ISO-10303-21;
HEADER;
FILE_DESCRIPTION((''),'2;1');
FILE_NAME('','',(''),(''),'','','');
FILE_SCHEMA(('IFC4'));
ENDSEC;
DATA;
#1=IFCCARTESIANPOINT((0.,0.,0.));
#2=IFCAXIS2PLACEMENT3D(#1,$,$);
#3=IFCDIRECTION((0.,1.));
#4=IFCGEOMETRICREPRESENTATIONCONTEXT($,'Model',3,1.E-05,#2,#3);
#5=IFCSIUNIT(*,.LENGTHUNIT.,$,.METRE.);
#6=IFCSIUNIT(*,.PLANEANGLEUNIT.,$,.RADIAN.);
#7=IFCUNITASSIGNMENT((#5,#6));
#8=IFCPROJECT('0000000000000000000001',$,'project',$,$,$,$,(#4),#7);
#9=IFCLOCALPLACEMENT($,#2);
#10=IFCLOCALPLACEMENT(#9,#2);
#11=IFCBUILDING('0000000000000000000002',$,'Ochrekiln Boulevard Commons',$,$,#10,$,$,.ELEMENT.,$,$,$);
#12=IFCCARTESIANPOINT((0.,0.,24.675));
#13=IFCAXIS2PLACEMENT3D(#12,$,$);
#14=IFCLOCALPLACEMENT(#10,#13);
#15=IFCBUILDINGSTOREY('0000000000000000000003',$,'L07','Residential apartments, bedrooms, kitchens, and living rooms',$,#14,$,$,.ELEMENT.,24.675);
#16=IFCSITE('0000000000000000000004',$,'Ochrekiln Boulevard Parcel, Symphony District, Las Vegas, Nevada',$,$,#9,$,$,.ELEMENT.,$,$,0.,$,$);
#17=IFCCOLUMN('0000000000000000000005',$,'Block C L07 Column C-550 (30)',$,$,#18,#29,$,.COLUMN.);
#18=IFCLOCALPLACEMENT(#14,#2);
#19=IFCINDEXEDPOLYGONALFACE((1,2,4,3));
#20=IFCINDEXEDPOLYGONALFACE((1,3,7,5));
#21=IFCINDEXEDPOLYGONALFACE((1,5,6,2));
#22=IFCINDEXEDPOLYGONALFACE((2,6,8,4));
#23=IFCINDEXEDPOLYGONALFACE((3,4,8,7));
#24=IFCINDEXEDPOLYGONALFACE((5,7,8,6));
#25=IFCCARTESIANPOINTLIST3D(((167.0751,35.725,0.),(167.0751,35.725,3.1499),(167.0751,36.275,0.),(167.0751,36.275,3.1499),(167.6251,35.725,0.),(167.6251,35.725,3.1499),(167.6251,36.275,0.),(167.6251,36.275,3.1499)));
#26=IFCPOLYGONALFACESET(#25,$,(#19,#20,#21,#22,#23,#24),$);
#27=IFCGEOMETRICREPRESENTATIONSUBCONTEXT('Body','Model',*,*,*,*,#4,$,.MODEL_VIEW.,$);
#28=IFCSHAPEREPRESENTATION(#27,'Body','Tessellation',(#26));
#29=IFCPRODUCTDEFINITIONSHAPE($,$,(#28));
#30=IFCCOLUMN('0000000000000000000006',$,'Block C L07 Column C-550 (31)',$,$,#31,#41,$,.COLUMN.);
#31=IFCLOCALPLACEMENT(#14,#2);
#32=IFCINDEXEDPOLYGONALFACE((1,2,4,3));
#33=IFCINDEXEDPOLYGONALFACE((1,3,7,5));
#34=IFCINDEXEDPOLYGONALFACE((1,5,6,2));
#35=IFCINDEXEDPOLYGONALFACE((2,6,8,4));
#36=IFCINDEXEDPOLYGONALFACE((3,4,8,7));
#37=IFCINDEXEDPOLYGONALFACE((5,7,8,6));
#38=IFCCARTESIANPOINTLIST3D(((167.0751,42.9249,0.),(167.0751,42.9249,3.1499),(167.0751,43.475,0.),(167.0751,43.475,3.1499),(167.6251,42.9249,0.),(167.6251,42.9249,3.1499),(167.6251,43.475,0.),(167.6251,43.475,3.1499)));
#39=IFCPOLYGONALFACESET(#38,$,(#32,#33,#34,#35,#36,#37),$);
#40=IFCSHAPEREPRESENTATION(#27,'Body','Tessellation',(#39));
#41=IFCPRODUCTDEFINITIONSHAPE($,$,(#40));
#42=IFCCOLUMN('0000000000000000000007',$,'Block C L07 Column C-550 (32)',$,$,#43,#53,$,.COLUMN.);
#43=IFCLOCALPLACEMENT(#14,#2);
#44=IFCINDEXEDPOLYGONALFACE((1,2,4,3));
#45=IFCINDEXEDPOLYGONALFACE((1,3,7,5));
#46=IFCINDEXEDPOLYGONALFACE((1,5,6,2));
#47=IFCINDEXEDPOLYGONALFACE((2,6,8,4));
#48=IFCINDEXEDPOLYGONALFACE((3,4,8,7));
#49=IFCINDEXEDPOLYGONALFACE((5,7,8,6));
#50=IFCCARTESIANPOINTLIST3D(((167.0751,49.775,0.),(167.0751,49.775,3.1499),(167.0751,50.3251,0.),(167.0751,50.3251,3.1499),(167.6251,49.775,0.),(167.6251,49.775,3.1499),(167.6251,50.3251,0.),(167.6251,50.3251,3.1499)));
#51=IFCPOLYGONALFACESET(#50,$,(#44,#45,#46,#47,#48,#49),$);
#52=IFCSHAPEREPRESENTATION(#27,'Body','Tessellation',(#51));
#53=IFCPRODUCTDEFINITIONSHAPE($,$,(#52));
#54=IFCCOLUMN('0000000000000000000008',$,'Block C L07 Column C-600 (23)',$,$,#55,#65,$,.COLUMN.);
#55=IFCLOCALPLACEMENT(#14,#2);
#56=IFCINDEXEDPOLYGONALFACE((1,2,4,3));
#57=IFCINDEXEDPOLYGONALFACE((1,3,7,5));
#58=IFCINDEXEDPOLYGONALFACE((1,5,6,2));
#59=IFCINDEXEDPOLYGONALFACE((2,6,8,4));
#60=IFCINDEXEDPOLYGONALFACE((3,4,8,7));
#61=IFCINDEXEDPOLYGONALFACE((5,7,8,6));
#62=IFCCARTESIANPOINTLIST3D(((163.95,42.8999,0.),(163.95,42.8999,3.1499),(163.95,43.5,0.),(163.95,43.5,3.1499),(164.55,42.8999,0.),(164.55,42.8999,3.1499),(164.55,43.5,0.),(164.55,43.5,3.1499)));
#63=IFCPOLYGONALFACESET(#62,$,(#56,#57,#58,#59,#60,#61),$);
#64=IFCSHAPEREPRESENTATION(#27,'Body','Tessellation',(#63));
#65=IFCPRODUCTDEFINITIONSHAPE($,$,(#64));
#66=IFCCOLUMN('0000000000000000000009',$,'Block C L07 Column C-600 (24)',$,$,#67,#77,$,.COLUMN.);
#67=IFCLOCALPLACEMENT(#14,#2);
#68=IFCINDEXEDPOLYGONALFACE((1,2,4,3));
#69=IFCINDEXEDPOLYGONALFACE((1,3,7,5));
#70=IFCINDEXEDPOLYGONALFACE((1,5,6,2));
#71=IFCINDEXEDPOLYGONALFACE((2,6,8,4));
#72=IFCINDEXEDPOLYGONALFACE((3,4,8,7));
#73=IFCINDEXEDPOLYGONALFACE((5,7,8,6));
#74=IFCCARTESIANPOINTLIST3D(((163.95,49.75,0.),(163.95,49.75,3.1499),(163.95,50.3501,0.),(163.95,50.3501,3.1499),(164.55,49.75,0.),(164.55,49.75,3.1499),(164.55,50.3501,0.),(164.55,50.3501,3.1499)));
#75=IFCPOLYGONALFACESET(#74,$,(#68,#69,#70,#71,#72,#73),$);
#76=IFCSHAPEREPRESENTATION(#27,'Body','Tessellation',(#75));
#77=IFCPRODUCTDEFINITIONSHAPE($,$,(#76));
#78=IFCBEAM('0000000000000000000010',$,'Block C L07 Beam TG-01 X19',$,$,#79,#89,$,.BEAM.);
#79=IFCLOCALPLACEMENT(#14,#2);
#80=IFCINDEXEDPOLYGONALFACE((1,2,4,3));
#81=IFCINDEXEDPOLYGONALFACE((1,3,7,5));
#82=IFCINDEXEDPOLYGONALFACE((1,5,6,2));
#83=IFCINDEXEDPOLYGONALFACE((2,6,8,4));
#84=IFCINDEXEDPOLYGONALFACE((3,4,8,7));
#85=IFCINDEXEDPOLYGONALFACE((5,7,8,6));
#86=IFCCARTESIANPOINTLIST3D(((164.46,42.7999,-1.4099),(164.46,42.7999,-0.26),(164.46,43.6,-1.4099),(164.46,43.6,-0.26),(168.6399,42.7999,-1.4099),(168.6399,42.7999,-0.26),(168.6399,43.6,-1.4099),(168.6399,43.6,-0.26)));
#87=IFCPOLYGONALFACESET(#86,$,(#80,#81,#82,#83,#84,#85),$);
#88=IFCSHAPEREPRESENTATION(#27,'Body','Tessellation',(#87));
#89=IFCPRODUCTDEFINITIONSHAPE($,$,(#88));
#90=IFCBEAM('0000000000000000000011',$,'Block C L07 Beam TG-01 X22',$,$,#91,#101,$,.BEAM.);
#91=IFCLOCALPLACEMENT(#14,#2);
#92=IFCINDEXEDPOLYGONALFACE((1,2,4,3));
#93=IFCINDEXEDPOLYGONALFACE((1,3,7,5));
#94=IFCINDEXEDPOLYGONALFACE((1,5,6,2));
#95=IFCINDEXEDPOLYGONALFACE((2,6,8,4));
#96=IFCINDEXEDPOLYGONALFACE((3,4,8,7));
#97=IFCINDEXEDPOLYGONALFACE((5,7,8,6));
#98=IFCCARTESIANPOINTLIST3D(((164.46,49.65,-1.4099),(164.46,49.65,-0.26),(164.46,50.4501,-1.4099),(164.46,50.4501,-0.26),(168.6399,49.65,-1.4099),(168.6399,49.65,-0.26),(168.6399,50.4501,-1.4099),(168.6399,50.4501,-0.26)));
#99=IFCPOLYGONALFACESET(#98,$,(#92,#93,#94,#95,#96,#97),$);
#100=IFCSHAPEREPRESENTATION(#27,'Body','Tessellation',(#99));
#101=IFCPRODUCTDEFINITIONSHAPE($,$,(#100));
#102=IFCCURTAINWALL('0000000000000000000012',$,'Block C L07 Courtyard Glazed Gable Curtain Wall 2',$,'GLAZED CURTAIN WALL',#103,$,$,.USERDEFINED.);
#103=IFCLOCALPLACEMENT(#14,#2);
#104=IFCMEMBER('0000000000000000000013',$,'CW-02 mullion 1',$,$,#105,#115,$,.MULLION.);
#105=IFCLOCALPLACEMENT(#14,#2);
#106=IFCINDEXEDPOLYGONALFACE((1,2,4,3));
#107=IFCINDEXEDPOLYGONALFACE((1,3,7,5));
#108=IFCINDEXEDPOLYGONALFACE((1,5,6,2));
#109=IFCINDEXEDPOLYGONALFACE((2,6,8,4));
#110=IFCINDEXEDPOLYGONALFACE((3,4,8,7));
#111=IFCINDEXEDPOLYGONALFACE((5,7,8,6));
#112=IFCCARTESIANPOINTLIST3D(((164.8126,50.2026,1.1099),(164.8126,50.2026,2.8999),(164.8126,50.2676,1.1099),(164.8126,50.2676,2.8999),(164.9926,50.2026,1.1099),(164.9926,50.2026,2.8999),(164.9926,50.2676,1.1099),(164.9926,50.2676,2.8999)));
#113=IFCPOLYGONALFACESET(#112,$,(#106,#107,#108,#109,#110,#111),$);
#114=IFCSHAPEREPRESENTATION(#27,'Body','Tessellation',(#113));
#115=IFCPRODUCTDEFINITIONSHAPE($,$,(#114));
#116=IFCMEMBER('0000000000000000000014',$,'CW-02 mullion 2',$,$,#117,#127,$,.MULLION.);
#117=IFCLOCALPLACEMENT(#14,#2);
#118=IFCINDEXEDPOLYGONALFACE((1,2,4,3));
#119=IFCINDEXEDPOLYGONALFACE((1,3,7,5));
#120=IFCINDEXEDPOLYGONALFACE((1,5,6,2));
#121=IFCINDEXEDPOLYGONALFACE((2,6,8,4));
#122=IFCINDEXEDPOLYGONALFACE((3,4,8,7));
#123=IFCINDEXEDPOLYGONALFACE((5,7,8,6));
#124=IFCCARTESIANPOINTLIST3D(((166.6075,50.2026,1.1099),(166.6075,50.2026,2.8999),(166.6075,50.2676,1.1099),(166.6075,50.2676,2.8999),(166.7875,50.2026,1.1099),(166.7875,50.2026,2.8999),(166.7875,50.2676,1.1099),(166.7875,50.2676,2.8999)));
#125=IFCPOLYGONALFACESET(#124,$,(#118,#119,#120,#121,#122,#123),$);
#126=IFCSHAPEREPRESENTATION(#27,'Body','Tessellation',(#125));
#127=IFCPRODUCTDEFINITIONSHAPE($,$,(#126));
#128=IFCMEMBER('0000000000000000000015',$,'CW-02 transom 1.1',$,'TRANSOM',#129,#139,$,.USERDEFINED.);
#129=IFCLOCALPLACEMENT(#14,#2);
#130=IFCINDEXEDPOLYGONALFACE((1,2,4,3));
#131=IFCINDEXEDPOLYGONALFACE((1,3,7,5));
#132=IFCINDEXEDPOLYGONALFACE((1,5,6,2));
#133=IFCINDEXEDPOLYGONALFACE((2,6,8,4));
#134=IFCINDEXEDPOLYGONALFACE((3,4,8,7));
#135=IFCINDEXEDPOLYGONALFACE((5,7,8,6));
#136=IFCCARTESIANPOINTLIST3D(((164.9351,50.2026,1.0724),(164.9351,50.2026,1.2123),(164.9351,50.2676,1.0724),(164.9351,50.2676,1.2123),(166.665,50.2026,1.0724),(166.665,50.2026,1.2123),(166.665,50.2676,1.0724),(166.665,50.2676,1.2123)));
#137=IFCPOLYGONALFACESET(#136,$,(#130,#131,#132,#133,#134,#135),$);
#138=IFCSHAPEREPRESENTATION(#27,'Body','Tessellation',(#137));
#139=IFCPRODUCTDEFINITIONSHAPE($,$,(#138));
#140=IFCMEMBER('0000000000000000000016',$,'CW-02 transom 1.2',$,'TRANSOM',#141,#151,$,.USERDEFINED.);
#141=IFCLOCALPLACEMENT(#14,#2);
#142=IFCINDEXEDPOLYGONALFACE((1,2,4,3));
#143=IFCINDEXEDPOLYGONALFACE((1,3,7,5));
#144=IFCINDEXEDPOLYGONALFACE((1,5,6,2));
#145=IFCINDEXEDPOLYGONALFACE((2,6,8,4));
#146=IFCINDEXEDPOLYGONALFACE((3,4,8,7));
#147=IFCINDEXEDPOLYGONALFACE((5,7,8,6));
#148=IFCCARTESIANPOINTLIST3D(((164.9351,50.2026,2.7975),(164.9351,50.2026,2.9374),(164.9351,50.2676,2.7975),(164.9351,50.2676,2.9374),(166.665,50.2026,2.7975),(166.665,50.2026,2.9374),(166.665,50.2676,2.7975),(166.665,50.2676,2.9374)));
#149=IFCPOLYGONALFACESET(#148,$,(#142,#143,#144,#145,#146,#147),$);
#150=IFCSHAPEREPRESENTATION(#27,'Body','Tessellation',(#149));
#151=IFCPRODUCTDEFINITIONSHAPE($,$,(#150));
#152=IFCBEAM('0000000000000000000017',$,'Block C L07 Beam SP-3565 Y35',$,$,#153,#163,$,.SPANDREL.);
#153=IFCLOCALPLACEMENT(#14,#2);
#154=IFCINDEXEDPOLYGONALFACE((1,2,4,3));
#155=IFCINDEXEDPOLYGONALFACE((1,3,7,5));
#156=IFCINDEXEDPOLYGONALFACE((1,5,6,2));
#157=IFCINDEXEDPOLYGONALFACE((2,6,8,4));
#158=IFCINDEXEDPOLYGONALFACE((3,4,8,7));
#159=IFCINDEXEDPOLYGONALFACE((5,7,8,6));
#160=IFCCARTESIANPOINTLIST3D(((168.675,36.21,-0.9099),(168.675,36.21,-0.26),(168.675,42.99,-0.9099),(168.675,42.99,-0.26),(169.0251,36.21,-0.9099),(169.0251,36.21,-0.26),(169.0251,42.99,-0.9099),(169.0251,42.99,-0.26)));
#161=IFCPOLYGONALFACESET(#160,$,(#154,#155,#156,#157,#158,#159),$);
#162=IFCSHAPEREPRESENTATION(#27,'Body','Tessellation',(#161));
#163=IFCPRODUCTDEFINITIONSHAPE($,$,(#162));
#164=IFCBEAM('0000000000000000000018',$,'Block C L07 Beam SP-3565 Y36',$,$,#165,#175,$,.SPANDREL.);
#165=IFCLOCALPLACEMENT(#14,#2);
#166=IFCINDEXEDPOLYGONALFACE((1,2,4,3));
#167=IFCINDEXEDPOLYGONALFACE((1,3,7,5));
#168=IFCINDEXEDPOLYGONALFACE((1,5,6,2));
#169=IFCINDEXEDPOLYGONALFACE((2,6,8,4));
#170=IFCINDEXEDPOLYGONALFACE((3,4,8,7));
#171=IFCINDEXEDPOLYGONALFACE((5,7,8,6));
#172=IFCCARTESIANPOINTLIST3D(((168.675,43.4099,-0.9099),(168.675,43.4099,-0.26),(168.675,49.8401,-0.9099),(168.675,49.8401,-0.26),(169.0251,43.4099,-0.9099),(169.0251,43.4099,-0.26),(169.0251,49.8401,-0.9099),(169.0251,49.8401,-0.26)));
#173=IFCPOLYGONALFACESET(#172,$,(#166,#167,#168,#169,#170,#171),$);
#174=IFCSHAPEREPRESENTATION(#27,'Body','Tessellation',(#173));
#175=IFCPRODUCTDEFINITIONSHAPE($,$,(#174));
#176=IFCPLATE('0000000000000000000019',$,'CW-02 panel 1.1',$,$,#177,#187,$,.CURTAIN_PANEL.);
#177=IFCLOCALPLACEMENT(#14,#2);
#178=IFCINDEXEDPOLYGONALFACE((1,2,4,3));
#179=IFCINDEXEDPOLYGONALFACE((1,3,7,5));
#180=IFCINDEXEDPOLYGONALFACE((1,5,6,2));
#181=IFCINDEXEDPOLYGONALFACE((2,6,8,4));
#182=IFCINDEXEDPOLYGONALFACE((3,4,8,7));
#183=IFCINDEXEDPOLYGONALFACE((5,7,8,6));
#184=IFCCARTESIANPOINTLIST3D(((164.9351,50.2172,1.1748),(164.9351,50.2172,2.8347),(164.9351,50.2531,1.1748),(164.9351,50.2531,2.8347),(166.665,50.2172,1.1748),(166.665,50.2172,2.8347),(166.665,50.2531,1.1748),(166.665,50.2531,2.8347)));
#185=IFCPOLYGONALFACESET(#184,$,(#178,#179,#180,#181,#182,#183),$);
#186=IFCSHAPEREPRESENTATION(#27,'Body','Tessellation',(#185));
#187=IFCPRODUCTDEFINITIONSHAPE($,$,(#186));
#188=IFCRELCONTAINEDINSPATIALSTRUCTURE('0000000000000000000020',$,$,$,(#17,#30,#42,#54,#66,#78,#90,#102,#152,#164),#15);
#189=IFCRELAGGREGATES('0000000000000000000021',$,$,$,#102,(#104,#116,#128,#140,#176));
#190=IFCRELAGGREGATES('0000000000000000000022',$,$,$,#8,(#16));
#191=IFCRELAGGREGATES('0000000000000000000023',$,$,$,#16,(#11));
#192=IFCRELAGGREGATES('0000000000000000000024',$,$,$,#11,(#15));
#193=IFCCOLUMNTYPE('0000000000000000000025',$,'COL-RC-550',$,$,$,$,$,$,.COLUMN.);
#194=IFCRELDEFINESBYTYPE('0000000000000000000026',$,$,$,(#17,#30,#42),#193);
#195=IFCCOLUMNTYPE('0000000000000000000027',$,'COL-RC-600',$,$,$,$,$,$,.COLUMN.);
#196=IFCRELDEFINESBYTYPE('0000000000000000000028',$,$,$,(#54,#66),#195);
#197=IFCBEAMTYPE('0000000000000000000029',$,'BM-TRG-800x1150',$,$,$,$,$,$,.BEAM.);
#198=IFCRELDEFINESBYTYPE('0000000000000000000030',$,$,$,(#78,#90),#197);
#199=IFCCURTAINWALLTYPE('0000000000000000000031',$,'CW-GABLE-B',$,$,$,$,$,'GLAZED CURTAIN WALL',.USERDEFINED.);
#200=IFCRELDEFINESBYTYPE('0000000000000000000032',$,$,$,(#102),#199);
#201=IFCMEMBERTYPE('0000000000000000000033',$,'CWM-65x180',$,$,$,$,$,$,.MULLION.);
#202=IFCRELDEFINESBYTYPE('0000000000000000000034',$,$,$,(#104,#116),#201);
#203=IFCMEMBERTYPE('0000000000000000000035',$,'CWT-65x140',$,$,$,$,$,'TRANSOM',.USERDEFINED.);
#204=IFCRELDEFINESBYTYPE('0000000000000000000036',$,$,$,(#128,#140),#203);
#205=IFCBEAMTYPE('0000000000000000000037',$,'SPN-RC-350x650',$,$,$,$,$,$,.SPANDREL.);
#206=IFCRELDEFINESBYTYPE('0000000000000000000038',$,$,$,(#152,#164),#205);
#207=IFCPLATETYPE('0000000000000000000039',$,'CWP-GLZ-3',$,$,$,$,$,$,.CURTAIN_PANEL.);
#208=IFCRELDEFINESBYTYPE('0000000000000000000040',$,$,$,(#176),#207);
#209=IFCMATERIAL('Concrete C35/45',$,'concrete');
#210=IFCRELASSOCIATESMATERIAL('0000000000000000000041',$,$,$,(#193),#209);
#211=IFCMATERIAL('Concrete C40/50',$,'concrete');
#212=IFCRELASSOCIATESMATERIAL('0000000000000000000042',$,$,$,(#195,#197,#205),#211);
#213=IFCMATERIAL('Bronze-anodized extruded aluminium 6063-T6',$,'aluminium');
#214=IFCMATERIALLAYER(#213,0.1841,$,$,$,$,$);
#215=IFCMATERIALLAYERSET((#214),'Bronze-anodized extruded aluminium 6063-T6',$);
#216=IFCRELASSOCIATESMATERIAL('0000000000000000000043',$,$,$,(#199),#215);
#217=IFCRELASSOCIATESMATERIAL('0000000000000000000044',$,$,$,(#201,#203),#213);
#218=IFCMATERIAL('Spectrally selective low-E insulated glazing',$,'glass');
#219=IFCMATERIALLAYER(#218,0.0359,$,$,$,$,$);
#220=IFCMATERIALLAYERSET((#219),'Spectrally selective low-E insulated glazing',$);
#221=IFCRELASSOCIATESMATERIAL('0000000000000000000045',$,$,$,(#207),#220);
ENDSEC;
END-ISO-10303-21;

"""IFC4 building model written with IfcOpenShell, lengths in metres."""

from ifc_helpers import new_model, si_unit, direction, frame, origin, origin_2d, place, context, subcontext, project, spatial, rectangle, extrude, material, layer, layer_set, material_profile, profile_set, type_object, element, aggregate, save


model = new_model("IFC4")

# Units and contexts
model_context = context("Model", 3, precision=1e-05, world=origin(), true_north=direction((0.0, 1.0)))
body_context = subcontext(model_context, "Body", "Model", "MODEL_VIEW")
ifc_project = project(units=[si_unit("LENGTHUNIT", "METRE"), si_unit("PLANEANGLEUNIT", "RADIAN")], contexts=[model_context])

# Site, building, storey
site_placement = place(None, origin())
site = spatial("IfcSite", under=ifc_project, at=site_placement, Name="Ochrekiln Boulevard Parcel, Symphony District, Las Vegas, Nevada", CompositionType="ELEMENT", RefElevation=0.0)
building_placement = place(site_placement, origin())
building = spatial("IfcBuilding", under=site, at=building_placement, Name="Ochrekiln Boulevard Commons", CompositionType="ELEMENT")
storey_placement = place(building_placement, frame((0.0, 0.0, 24.675)))
storey = spatial("IfcBuildingStorey", under=building, at=storey_placement, Name="L07", Description="Residential apartments, bedrooms, kitchens, and living rooms", CompositionType="ELEMENT", Elevation=24.675)

# Columns
ifc_material_1 = material(Name="Concrete C35/45", Category="concrete")
ifc_material_profile_1 = material_profile(ifc_material_1, rectangle(XDim=0.55, YDim=0.55, at=origin_2d()), Name="RC-COL-550x550")
ifc_profile_set_1 = profile_set([ifc_material_profile_1], Name="Concrete C35/45")
column_type_1 = type_object("IfcColumnType", Name="COL-RC-550", PredefinedType="COLUMN", material=ifc_profile_set_1)
for number, where, z_axis, x_axis, name in (
    (1, (167.3501, 36.0, 0.0), (0.0, 0.0, 1.0), (1.0, 0.0, 0.0), "Block C L07 Column C-550 (30)"),
    (2, (167.3501, 43.2, 0.0), (0.0, 0.0, 1.0), (1.0, 0.0, 0.0), "Block C L07 Column C-550 (31)"),
    (3, (167.3501, 50.05, 0.0), (0.0, 0.0, 1.0), (1.0, 0.0, 0.0), "Block C L07 Column C-550 (32)"),
):
    element("IfcColumn", number, at=place(storey_placement, frame(where, z_axis=z_axis, x_axis=x_axis)), inside=storey, type_object=column_type_1, Name=name, PredefinedType="COLUMN", context=body_context, shape_type="SweptSolid", body=[
        extrude(rectangle(XDim=0.55, YDim=0.55, at=origin_2d()), origin(), (0.0, 0.0, 1.0), 3.1499),
    ])
ifc_material_2 = material(Name="Concrete C40/50", Category="concrete")
ifc_material_profile_2 = material_profile(ifc_material_2, rectangle(XDim=0.6001, YDim=0.6001, at=origin_2d()), Name="RC-COL-600x600")
ifc_profile_set_2 = profile_set([ifc_material_profile_2], Name="Concrete C40/50")
column_type_2 = type_object("IfcColumnType", Name="COL-RC-600", PredefinedType="COLUMN", material=ifc_profile_set_2)
for number, where, z_axis, x_axis, name in (
    (4, (164.25, 43.2, 0.0), (0.0, 0.0, 1.0), (1.0, 0.0, 0.0), "Block C L07 Column C-600 (23)"),
    (5, (164.25, 50.05, 0.0), (0.0, 0.0, 1.0), (1.0, 0.0, 0.0), "Block C L07 Column C-600 (24)"),
):
    element("IfcColumn", number, at=place(storey_placement, frame(where, z_axis=z_axis, x_axis=x_axis)), inside=storey, type_object=column_type_2, Name=name, PredefinedType="COLUMN", context=body_context, shape_type="SweptSolid", body=[
        extrude(rectangle(XDim=0.6001, YDim=0.6001, at=origin_2d()), origin(), (0.0, 0.0, 1.0), 3.1499),
    ])

# Beams
ifc_material_profile_3 = material_profile(ifc_material_2, rectangle(XDim=0.8, YDim=1.1499, at=origin_2d()), Name="RC-TRG-800x1150")
ifc_profile_set_3 = profile_set([ifc_material_profile_3], Name="Concrete C40/50")
beam_type_1 = type_object("IfcBeamType", Name="BM-TRG-800x1150", PredefinedType="BEAM", material=ifc_profile_set_3)
for number, where, z_axis, x_axis, name in (
    (6, (164.46, 43.2, -0.835), (1.0, 0.0, 0.0), (0.0, 1.0, 0.0), "Block C L07 Beam TG-01 X19"),
    (7, (164.46, 50.05, -0.835), (1.0, 0.0, 0.0), (0.0, 1.0, 0.0), "Block C L07 Beam TG-01 X22"),
):
    element("IfcBeam", number, at=place(storey_placement, frame(where, z_axis=z_axis, x_axis=x_axis)), inside=storey, type_object=beam_type_1, Name=name, PredefinedType="BEAM", context=body_context, shape_type="SweptSolid", body=[
        extrude(rectangle(XDim=0.8, YDim=1.1499, at=origin_2d()), origin(), (0.0, 0.0, 1.0), 4.1799),
    ])

# Curtain wall, members
ifc_material_3 = material(Name="Bronze-anodized extruded aluminium 6063-T6", Category="aluminium")
ifc_layer_1 = layer(ifc_material_3, 0.1841)
ifc_layer_set_1 = layer_set([ifc_layer_1], Name="Bronze-anodized extruded aluminium 6063-T6")
curtain_wall_type = type_object("IfcCurtainWallType", Name="CW-GABLE-B", ElementType="GLAZED CURTAIN WALL", PredefinedType="USERDEFINED", material=ifc_layer_set_1)
curtain_wall_placement = place(storey_placement, origin())
curtain_wall = element("IfcCurtainWall", 8, at=curtain_wall_placement, inside=storey, type_object=curtain_wall_type, Name="Block C L07 Courtyard Glazed Gable Curtain Wall 2", ObjectType="GLAZED CURTAIN WALL", PredefinedType="USERDEFINED")
ifc_material_profile_4 = material_profile(ifc_material_3, rectangle(XDim=0.0649, YDim=0.1799, at=origin_2d()), Name="ALU-MUL-65x180")
ifc_profile_set_4 = profile_set([ifc_material_profile_4], Name="Bronze-anodized extruded aluminium 6063-T6")
member_type_1 = type_object("IfcMemberType", Name="CWM-65x180", PredefinedType="MULLION", material=ifc_profile_set_4)
member_1_placement = place(storey_placement, frame((164.9026, 50.2351, 1.1099), z_axis=(0.0, 0.0, 1.0), x_axis=(0.0, 1.0, 0.0)))
member_1 = element("IfcMember", 9, at=member_1_placement, type_object=member_type_1, Name="CW-02 mullion 1", PredefinedType="MULLION", context=body_context, shape_type="SweptSolid", body=[
    extrude(rectangle(XDim=0.0649, YDim=0.1799, at=origin_2d()), origin(), (0.0, 0.0, 1.0), 1.79),
])
member_2_placement = place(storey_placement, frame((166.6975, 50.2351, 1.1099), z_axis=(0.0, 0.0, 1.0), x_axis=(0.0, 1.0, 0.0)))
member_2 = element("IfcMember", 10, at=member_2_placement, type_object=member_type_1, Name="CW-02 mullion 2", PredefinedType="MULLION", context=body_context, shape_type="SweptSolid", body=[
    extrude(rectangle(XDim=0.0649, YDim=0.1799, at=origin_2d()), origin(), (0.0, 0.0, 1.0), 1.79),
])
ifc_material_profile_5 = material_profile(ifc_material_3, rectangle(XDim=0.0649, YDim=0.1399, at=origin_2d()), Name="ALU-TRN-65x140")
ifc_profile_set_5 = profile_set([ifc_material_profile_5], Name="Bronze-anodized extruded aluminium 6063-T6")
member_type_2 = type_object("IfcMemberType", Name="CWT-65x140", ElementType="TRANSOM", PredefinedType="USERDEFINED", material=ifc_profile_set_5)
member_3_placement = place(storey_placement, frame((164.9351, 50.2351, 1.1423), z_axis=(1.0, 0.0, 0.0), x_axis=(0.0, 1.0, 0.0)))
member_3 = element("IfcMember", 11, at=member_3_placement, type_object=member_type_2, Name="CW-02 transom 1.1", ObjectType="TRANSOM", PredefinedType="USERDEFINED", context=body_context, shape_type="SweptSolid", body=[
    extrude(rectangle(XDim=0.0649, YDim=0.1399, at=origin_2d()), origin(), (0.0, 0.0, 1.0), 1.73),
])
member_4_placement = place(storey_placement, frame((164.9351, 50.2351, 2.8674), z_axis=(1.0, 0.0, 0.0), x_axis=(0.0, 1.0, 0.0)))
member_4 = element("IfcMember", 12, at=member_4_placement, type_object=member_type_2, Name="CW-02 transom 1.2", ObjectType="TRANSOM", PredefinedType="USERDEFINED", context=body_context, shape_type="SweptSolid", body=[
    extrude(rectangle(XDim=0.0649, YDim=0.1399, at=origin_2d()), origin(), (0.0, 0.0, 1.0), 1.73),
])

# Beams
ifc_material_profile_6 = material_profile(ifc_material_2, rectangle(XDim=0.3501, YDim=0.6499, at=origin_2d()), Name="RC-SPN-350x650")
ifc_profile_set_6 = profile_set([ifc_material_profile_6], Name="Concrete C40/50")
beam_type_2 = type_object("IfcBeamType", Name="SPN-RC-350x650", PredefinedType="SPANDREL", material=ifc_profile_set_6)
beam_1_placement = place(storey_placement, frame((168.8501, 36.21, -0.585), z_axis=(0.0, 1.0, 0.0), x_axis=(-1.0, 0.0, 0.0)))
element("IfcBeam", 13, at=beam_1_placement, inside=storey, type_object=beam_type_2, Name="Block C L07 Beam SP-3565 Y35", PredefinedType="SPANDREL", context=body_context, shape_type="SweptSolid", body=[
    extrude(rectangle(XDim=0.3501, YDim=0.6499, at=origin_2d()), origin(), (0.0, 0.0, 1.0), 6.78),
])
beam_2_placement = place(storey_placement, frame((168.8501, 43.4099, -0.585), z_axis=(0.0, 1.0, 0.0), x_axis=(-1.0, 0.0, 0.0)))
element("IfcBeam", 14, at=beam_2_placement, inside=storey, type_object=beam_type_2, Name="Block C L07 Beam SP-3565 Y36", PredefinedType="SPANDREL", context=body_context, shape_type="SweptSolid", body=[
    extrude(rectangle(XDim=0.3501, YDim=0.6499, at=origin_2d()), origin(), (0.0, 0.0, 1.0), 6.4302),
])

# Plate
ifc_material_4 = material(Name="Spectrally selective low-E insulated glazing", Category="glass")
ifc_layer_2 = layer(ifc_material_4, 0.0359)
ifc_layer_set_2 = layer_set([ifc_layer_2], Name="Spectrally selective low-E insulated glazing")
plate_type = type_object("IfcPlateType", Name="CWP-GLZ-3", PredefinedType="CURTAIN_PANEL", material=ifc_layer_set_2)
plate_placement = place(storey_placement, frame((165.8, 50.2351, 1.1748), z_axis=(0.0, 0.0, 1.0), x_axis=(1.0, 0.0, 0.0)))
plate = element("IfcPlate", 15, at=plate_placement, type_object=plate_type, Name="CW-02 panel 1.1", PredefinedType="CURTAIN_PANEL", context=body_context, shape_type="SweptSolid", body=[
    extrude(rectangle(XDim=1.73, YDim=0.0359, at=origin_2d()), origin(), (0.0, 0.0, 1.0), 1.6599),
])
aggregate(curtain_wall, [member_1, member_2, member_3, member_4, plate])

save(model, "model.ifc")
